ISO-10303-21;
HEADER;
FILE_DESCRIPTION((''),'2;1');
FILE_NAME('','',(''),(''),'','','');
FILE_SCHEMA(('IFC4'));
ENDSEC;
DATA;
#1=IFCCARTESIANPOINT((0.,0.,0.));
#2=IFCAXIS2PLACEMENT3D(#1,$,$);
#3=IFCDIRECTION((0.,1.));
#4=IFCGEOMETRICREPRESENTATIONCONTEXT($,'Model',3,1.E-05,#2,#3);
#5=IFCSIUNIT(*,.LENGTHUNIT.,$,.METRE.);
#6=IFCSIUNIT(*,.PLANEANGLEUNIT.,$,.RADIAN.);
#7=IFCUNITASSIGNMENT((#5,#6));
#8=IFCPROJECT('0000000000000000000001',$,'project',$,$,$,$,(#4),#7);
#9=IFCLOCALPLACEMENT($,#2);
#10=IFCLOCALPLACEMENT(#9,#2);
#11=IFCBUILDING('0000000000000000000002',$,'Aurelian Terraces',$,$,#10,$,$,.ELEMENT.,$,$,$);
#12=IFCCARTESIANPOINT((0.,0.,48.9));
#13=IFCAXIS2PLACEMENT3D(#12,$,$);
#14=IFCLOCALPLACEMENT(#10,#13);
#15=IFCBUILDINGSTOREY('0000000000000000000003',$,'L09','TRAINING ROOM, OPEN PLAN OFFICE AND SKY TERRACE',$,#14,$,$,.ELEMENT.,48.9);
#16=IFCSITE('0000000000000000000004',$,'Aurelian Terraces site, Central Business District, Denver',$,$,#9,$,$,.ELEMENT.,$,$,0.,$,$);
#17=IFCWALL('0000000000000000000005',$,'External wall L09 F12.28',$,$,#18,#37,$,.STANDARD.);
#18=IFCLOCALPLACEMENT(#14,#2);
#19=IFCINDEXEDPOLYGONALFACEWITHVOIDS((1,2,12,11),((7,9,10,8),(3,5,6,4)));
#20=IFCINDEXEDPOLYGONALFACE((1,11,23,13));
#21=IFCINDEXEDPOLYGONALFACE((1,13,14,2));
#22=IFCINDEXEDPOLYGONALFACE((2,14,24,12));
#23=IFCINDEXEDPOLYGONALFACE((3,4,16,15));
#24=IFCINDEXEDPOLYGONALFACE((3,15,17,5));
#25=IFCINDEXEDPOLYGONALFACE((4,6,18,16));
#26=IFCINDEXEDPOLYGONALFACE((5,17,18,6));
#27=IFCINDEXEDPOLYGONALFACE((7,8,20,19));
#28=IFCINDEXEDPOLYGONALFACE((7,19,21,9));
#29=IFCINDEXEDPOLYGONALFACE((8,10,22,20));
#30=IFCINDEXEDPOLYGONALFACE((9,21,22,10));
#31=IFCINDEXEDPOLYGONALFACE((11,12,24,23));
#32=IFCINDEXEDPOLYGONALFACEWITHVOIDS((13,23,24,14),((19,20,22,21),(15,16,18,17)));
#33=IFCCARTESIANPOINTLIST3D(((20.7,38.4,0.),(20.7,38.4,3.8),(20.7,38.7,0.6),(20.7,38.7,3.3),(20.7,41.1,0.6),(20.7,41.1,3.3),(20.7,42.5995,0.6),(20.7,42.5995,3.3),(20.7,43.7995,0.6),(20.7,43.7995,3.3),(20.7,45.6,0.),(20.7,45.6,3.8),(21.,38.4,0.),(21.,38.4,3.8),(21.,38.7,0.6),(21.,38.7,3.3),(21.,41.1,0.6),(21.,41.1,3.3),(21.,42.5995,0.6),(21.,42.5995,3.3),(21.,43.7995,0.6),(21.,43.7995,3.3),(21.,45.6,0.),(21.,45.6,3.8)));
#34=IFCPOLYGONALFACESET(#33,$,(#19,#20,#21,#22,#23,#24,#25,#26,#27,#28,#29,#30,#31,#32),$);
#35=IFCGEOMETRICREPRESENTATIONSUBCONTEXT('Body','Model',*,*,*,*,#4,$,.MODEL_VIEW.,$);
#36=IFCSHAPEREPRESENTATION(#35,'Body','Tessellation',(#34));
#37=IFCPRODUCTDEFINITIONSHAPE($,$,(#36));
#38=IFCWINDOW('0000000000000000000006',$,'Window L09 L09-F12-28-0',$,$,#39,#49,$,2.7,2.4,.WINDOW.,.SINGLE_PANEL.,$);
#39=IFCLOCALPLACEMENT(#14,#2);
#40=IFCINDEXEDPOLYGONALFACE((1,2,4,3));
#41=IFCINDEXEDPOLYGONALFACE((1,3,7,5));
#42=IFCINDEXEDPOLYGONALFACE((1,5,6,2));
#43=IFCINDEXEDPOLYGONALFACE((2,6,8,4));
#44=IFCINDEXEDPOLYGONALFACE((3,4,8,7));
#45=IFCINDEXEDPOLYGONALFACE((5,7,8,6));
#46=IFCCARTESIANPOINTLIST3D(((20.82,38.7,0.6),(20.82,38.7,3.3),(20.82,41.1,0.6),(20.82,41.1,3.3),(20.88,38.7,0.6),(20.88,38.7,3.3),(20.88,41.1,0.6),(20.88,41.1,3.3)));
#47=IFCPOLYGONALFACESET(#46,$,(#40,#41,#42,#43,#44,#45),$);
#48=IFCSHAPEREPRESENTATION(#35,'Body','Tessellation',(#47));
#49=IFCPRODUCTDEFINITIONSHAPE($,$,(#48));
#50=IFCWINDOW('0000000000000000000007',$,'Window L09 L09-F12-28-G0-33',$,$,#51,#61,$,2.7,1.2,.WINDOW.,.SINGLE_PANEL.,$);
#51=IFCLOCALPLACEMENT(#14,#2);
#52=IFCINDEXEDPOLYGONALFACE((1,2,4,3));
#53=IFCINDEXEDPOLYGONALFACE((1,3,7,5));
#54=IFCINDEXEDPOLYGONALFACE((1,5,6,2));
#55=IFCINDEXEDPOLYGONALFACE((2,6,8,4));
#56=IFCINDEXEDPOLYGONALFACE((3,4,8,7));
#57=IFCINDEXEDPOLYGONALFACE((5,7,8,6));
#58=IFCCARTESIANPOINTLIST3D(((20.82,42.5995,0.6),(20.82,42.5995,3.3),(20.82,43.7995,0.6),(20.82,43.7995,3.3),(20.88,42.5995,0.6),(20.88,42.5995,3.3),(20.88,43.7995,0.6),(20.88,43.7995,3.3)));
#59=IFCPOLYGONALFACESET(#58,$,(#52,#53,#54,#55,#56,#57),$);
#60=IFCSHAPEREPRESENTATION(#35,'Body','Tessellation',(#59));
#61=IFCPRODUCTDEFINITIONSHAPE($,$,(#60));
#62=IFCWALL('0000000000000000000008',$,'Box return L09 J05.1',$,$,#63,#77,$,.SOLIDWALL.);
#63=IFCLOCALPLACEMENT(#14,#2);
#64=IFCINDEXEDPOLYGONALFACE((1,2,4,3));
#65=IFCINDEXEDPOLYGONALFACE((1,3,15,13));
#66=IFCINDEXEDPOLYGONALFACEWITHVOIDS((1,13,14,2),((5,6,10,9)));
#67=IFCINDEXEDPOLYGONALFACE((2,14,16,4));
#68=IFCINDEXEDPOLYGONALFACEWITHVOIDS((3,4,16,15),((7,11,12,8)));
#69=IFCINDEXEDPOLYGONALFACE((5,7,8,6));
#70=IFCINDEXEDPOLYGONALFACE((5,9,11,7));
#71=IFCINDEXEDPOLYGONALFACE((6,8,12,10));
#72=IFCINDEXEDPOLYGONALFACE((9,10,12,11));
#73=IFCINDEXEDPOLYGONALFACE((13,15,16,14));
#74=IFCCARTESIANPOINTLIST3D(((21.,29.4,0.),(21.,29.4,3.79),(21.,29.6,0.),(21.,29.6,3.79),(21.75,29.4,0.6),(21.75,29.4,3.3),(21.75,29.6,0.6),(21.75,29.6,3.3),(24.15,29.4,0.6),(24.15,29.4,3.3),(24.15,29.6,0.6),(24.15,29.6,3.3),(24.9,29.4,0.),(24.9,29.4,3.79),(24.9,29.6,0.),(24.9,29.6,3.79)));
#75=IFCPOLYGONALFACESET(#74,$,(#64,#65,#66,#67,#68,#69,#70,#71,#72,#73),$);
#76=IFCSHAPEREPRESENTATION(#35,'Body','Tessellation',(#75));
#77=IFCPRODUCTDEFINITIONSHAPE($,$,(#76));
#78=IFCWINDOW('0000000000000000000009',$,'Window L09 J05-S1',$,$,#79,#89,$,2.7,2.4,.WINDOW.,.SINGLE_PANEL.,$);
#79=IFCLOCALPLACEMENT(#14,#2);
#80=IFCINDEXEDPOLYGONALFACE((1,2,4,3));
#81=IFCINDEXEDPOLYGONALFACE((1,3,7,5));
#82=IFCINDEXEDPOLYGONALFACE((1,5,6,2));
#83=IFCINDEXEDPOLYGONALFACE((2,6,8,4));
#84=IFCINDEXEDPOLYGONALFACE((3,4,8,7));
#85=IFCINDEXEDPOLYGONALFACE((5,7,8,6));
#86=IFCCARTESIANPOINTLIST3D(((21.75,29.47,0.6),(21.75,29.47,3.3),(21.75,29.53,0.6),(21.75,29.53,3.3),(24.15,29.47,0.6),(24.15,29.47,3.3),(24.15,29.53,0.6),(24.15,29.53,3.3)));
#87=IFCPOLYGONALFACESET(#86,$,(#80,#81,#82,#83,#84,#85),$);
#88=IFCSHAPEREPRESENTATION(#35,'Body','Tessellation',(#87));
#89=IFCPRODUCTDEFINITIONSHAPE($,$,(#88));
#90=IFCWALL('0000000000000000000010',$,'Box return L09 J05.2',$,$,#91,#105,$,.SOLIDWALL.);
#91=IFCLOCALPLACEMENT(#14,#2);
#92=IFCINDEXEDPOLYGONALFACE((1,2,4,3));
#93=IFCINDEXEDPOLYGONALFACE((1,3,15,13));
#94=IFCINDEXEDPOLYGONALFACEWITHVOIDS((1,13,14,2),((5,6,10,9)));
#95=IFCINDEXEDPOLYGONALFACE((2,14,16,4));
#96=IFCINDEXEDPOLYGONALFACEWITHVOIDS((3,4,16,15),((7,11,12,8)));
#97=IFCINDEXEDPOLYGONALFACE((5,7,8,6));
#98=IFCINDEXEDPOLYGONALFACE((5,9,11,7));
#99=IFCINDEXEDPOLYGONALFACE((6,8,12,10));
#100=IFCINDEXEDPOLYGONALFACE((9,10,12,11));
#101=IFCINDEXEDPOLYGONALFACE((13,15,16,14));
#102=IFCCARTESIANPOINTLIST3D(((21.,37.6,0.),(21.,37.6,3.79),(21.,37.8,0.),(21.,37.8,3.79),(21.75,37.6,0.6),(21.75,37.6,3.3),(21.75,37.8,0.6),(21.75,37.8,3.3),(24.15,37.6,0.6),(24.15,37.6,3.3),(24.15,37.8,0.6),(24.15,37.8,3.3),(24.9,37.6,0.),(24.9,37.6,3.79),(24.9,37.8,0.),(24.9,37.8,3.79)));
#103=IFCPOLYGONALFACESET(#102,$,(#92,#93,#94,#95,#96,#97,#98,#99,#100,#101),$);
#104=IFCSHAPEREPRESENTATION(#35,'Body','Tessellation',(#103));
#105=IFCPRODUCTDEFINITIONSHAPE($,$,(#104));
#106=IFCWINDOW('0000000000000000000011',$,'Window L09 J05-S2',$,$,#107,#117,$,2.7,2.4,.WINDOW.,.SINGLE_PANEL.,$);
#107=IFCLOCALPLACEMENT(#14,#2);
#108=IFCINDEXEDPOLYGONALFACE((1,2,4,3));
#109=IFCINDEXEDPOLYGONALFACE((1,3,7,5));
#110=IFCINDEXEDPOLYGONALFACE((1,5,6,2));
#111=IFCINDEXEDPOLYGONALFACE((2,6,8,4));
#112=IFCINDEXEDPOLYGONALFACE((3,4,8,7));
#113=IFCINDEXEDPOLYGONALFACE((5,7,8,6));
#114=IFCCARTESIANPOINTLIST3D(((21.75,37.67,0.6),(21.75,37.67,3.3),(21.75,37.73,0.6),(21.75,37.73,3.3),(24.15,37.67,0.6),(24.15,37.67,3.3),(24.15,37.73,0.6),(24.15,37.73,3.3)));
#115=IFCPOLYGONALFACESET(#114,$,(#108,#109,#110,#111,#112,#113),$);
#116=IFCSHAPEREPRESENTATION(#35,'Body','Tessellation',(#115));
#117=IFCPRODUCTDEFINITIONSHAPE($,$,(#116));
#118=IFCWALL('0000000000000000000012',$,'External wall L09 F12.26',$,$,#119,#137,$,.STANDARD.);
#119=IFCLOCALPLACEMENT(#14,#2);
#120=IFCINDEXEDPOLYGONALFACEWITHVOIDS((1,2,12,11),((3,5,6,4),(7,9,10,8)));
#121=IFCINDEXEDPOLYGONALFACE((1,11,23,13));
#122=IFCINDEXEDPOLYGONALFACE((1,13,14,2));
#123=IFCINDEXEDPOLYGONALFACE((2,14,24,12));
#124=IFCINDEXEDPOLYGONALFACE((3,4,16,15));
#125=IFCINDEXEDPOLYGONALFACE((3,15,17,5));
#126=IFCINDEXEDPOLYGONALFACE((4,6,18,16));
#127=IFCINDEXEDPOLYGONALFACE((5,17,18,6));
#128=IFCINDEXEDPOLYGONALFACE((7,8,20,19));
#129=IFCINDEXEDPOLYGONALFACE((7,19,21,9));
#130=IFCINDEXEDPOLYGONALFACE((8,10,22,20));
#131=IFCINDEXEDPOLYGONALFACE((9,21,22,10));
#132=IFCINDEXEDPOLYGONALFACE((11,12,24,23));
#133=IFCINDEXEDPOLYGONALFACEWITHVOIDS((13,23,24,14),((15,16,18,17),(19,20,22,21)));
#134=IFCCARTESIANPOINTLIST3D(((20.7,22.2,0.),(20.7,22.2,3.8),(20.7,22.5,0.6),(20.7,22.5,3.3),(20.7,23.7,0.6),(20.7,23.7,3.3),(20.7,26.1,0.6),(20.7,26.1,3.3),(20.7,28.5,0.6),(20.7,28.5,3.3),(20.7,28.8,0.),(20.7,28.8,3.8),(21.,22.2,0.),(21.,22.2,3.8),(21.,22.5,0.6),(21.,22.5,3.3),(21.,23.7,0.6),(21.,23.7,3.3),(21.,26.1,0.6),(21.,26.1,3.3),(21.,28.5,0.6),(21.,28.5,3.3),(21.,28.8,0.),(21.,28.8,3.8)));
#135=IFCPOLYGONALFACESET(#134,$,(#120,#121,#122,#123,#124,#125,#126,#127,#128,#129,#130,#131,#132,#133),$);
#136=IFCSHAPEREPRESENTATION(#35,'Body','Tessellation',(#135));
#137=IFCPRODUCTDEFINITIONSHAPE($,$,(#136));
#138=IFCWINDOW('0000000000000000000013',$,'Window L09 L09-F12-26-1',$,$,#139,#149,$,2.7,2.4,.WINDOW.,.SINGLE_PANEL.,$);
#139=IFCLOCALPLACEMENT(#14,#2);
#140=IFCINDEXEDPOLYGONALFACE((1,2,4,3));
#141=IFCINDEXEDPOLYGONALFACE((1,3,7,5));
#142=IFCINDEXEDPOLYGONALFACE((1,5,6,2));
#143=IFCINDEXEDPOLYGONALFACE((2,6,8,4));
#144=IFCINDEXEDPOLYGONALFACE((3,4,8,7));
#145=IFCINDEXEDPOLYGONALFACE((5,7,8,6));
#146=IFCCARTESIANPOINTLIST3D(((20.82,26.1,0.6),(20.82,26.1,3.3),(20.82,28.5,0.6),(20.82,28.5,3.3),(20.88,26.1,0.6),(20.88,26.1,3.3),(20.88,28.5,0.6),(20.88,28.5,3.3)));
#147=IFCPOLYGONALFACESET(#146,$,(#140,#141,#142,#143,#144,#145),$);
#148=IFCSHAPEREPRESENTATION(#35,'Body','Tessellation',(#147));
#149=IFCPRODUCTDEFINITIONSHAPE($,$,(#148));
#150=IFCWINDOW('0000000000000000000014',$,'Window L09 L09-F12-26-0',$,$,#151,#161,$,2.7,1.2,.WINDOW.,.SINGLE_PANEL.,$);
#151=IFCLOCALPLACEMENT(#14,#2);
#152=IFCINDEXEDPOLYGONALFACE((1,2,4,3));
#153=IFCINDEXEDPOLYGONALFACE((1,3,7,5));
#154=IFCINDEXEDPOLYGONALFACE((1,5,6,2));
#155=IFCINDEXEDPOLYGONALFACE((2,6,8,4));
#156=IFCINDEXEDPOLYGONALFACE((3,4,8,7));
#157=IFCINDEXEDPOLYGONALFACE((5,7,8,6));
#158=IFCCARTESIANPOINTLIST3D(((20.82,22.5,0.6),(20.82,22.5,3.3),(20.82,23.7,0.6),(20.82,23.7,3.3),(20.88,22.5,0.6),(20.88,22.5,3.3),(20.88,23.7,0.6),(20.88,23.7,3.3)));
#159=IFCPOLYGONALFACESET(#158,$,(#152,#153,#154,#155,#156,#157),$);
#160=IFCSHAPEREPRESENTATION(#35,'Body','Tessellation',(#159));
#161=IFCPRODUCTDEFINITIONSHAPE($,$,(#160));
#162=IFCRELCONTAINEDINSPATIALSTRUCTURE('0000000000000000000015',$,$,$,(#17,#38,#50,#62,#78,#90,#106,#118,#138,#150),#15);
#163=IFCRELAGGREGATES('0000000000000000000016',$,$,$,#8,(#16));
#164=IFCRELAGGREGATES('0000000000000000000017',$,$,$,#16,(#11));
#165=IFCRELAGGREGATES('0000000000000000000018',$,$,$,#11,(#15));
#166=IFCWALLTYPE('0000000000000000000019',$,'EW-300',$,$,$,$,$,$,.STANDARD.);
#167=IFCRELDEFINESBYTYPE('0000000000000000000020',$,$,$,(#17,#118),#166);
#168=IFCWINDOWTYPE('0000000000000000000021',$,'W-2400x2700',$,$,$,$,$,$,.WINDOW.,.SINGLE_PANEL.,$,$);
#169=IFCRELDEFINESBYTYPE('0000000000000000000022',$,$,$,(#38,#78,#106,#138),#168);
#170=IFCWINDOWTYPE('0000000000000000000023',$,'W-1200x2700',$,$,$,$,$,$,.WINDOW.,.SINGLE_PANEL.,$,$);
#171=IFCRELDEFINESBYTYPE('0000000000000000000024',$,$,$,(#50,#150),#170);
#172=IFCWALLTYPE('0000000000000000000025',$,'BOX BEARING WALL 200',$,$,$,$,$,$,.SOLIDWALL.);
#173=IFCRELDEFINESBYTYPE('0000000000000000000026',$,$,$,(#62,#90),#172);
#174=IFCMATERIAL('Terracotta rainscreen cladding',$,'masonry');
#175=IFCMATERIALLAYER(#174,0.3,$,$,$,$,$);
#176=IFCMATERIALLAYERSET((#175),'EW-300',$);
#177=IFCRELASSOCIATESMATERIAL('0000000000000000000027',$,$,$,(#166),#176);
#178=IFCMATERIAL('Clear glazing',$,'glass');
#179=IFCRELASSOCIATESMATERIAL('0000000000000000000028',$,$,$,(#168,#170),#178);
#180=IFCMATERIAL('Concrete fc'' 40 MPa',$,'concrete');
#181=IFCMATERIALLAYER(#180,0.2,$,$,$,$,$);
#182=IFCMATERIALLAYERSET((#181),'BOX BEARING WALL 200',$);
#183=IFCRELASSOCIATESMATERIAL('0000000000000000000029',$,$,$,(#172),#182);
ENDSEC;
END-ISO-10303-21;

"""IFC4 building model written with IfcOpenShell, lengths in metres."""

from ifc_helpers import new_model, si_unit, direction, frame, frame_2d, origin, place, context, subcontext, project, spatial, rectangle, extrude, source, transform, mapped, material, layer, layer_set, type_object, element, fill, save


model = new_model("IFC4")

# Units and contexts
model_context = context("Model", 3, precision=1e-05, world=origin(), true_north=direction((0.0, 1.0)))
body_context = subcontext(model_context, "Body", "Model", "MODEL_VIEW")
ifc_project = project(units=[si_unit("LENGTHUNIT", "METRE"), si_unit("PLANEANGLEUNIT", "RADIAN")], contexts=[model_context])

# Site, building, storey
site_placement = place(None, origin())
site = spatial("IfcSite", under=ifc_project, at=site_placement, Name="Aurelian Terraces site, Central Business District, Denver", CompositionType="ELEMENT", RefElevation=0.0)
building_placement = place(site_placement, origin())
building = spatial("IfcBuilding", under=site, at=building_placement, Name="Aurelian Terraces", CompositionType="ELEMENT")
storey_placement = place(building_placement, frame((0.0, 0.0, 48.9)))
storey = spatial("IfcBuildingStorey", under=building, at=storey_placement, Name="L09", Description="TRAINING ROOM, OPEN PLAN OFFICE AND SKY TERRACE", CompositionType="ELEMENT", Elevation=48.9)

# Shared definitions
ifc_material_1 = material(Name="Concrete fc' 40 MPa", Category="concrete")

# Shared definitions
ifc_material_2 = material(Name="Clear glazing", Category="glass")

# Shared definitions
ifc_material_3 = material(Name="Terracotta rainscreen cladding", Category="masonry")
ifc_layer_1 = layer(ifc_material_3, 0.3)
ifc_layer_set_1 = layer_set([ifc_layer_1], Name="EW-300")
wall_type_1 = type_object("IfcWallType", Name="EW-300", PredefinedType="STANDARD", material=ifc_layer_set_1)
shared_shape_1 = source(origin(), body_context, "Body", "SweptSolid", [
    extrude(rectangle(XDim=7.2, YDim=0.3, at=frame_2d((3.6, 0.0))), origin(), (0.0, 0.0, 1.0), 3.8),
])

# Wall, openings, windows
wall_1_placement = place(storey_placement, frame((20.85, 38.4, 0.0), z_axis=(0.0, 0.0, 1.0), x_axis=(0.0, 1.0, 0.0)))
wall_1 = element("IfcWall", 1, at=wall_1_placement, inside=storey, type_object=wall_type_1, Name="External wall L09 F12.28", PredefinedType="STANDARD", context=body_context, shape_type="MappedRepresentation", body=[
    mapped(shared_shape_1, transform((0.0, 0.0, 0.0), scale=1.0)),
])
shared_shape_2 = source(origin(), body_context, "Body", "SweptSolid", [
    extrude(rectangle(XDim=2.4, YDim=2.7, at=frame_2d((1.2, 1.35))), frame((0.0, 0.16, 0.0), z_axis=(0.0, -1.0, 0.0), x_axis=(1.0, 0.0, 0.0)), (0.0, 0.0, 1.0), 0.32),
])
opening_1_placement = place(wall_1_placement, frame((0.3, 0.0, 0.6)))
opening_1 = element("IfcOpeningElement", 2, at=opening_1_placement, cuts=wall_1, PredefinedType="OPENING", context=body_context, shape_type="MappedRepresentation", body=[
    mapped(shared_shape_2, transform((0.0, 0.0, 0.0), scale=1.0)),
])
shared_shape_3 = source(origin(), body_context, "Body", "SweptSolid", [
    extrude(rectangle(XDim=1.2, YDim=2.7, at=frame_2d((0.6, 1.35))), frame((0.0, 0.16, 0.0), z_axis=(0.0, -1.0, 0.0), x_axis=(1.0, 0.0, 0.0)), (0.0, 0.0, 1.0), 0.32),
])
opening_2_placement = place(wall_1_placement, frame((4.1995, 0.0, 0.6)))
opening_2 = element("IfcOpeningElement", 3, at=opening_2_placement, cuts=wall_1, PredefinedType="OPENING", context=body_context, shape_type="MappedRepresentation", body=[
    mapped(shared_shape_3, transform((0.0, 0.0, 0.0), scale=1.0)),
])
window_type_1 = type_object("IfcWindowType", Name="W-2400x2700", PartitioningType="SINGLE_PANEL", PredefinedType="WINDOW", material=ifc_material_2)
shared_shape_4 = source(origin(), body_context, "Body", "SweptSolid", [
    extrude(rectangle(XDim=2.4, YDim=2.7, at=frame_2d((1.2, 1.35))), frame((0.0, 0.03, 0.0), z_axis=(0.0, -1.0, 0.0), x_axis=(1.0, 0.0, 0.0)), (0.0, 0.0, 1.0), 0.06),
])
window_1_placement = place(opening_1_placement, origin())
window_1 = element("IfcWindow", 4, at=window_1_placement, inside=storey, type_object=window_type_1, Name="Window L09 L09-F12-28-0", OverallHeight=2.7, OverallWidth=2.4, PartitioningType="SINGLE_PANEL", PredefinedType="WINDOW", context=body_context, shape_type="MappedRepresentation", body=[
    mapped(shared_shape_4, transform((0.0, 0.0, 0.0), scale=1.0)),
])
fill(opening_1, window_1)
window_type_2 = type_object("IfcWindowType", Name="W-1200x2700", PartitioningType="SINGLE_PANEL", PredefinedType="WINDOW", material=ifc_material_2)
shared_shape_5 = source(origin(), body_context, "Body", "SweptSolid", [
    extrude(rectangle(XDim=1.2, YDim=2.7, at=frame_2d((0.6, 1.35))), frame((0.0, 0.03, 0.0), z_axis=(0.0, -1.0, 0.0), x_axis=(1.0, 0.0, 0.0)), (0.0, 0.0, 1.0), 0.06),
])
window_2_placement = place(opening_2_placement, origin())
window_2 = element("IfcWindow", 5, at=window_2_placement, inside=storey, type_object=window_type_2, Name="Window L09 L09-F12-28-G0-33", OverallHeight=2.7, OverallWidth=1.2, PartitioningType="SINGLE_PANEL", PredefinedType="WINDOW", context=body_context, shape_type="MappedRepresentation", body=[
    mapped(shared_shape_5, transform((0.0, 0.0, 0.0), scale=1.0)),
])
fill(opening_2, window_2)

# Walls, openings, windows
ifc_layer_2 = layer(ifc_material_1, 0.2)
ifc_layer_set_2 = layer_set([ifc_layer_2], Name="BOX BEARING WALL 200")
wall_type_2 = type_object("IfcWallType", Name="BOX BEARING WALL 200", PredefinedType="SOLIDWALL", material=ifc_layer_set_2)
shared_shape_6 = source(origin(), body_context, "Body", "SweptSolid", [
    extrude(rectangle(XDim=3.9, YDim=0.2, at=frame_2d((1.95, 0.0))), origin(), (0.0, 0.0, 1.0), 3.79),
])
wall_2_placement = place(storey_placement, frame((21.0, 29.5, 0.0), z_axis=(0.0, 0.0, 1.0), x_axis=(1.0, 0.0, 0.0)))
wall_2 = element("IfcWall", 6, at=wall_2_placement, inside=storey, type_object=wall_type_2, Name="Box return L09 J05.1", PredefinedType="SOLIDWALL", context=body_context, shape_type="MappedRepresentation", body=[
    mapped(shared_shape_6, transform((0.0, 0.0, 0.0), scale=1.0)),
])
shared_shape_7 = source(origin(), body_context, "Body", "SweptSolid", [
    extrude(rectangle(XDim=2.4, YDim=2.7, at=frame_2d((1.2, 1.35))), frame((0.0, 0.11, 0.0), z_axis=(0.0, -1.0, 0.0), x_axis=(1.0, 0.0, 0.0)), (0.0, 0.0, 1.0), 0.22),
])
opening_3_placement = place(wall_2_placement, frame((0.75, 0.0, 0.6)))
opening_3 = element("IfcOpeningElement", 7, at=opening_3_placement, cuts=wall_2, PredefinedType="OPENING", context=body_context, shape_type="MappedRepresentation", body=[
    mapped(shared_shape_7, transform((0.0, 0.0, 0.0), scale=1.0)),
])
window_3_placement = place(opening_3_placement, origin())
window_3 = element("IfcWindow", 8, at=window_3_placement, inside=storey, type_object=window_type_1, Name="Window L09 J05-S1", OverallHeight=2.7, OverallWidth=2.4, PartitioningType="SINGLE_PANEL", PredefinedType="WINDOW", context=body_context, shape_type="MappedRepresentation", body=[
    mapped(shared_shape_4, transform((0.0, 0.0, 0.0), scale=1.0)),
])
fill(opening_3, window_3)
wall_3_placement = place(storey_placement, frame((21.0, 37.7, 0.0), z_axis=(0.0, 0.0, 1.0), x_axis=(1.0, 0.0, 0.0)))
wall_3 = element("IfcWall", 9, at=wall_3_placement, inside=storey, type_object=wall_type_2, Name="Box return L09 J05.2", PredefinedType="SOLIDWALL", context=body_context, shape_type="MappedRepresentation", body=[
    mapped(shared_shape_6, transform((0.0, 0.0, 0.0), scale=1.0)),
])
opening_4_placement = place(wall_3_placement, frame((0.75, 0.0, 0.6)))
opening_4 = element("IfcOpeningElement", 10, at=opening_4_placement, cuts=wall_3, PredefinedType="OPENING", context=body_context, shape_type="MappedRepresentation", body=[
    mapped(shared_shape_7, transform((0.0, 0.0, 0.0), scale=1.0)),
])
window_4_placement = place(opening_4_placement, origin())
window_4 = element("IfcWindow", 11, at=window_4_placement, inside=storey, type_object=window_type_1, Name="Window L09 J05-S2", OverallHeight=2.7, OverallWidth=2.4, PartitioningType="SINGLE_PANEL", PredefinedType="WINDOW", context=body_context, shape_type="MappedRepresentation", body=[
    mapped(shared_shape_4, transform((0.0, 0.0, 0.0), scale=1.0)),
])
fill(opening_4, window_4)

# Wall, openings, windows
shared_shape_8 = source(origin(), body_context, "Body", "SweptSolid", [
    extrude(rectangle(XDim=6.6, YDim=0.3, at=frame_2d((3.3, 0.0))), origin(), (0.0, 0.0, 1.0), 3.8),
])
wall_4_placement = place(storey_placement, frame((20.85, 22.2, 0.0), z_axis=(0.0, 0.0, 1.0), x_axis=(0.0, 1.0, 0.0)))
wall_4 = element("IfcWall", 12, at=wall_4_placement, inside=storey, type_object=wall_type_1, Name="External wall L09 F12.26", PredefinedType="STANDARD", context=body_context, shape_type="MappedRepresentation", body=[
    mapped(shared_shape_8, transform((0.0, 0.0, 0.0), scale=1.0)),
])
opening_5_placement = place(wall_4_placement, frame((0.3, 0.0, 0.6)))
opening_5 = element("IfcOpeningElement", 13, at=opening_5_placement, cuts=wall_4, PredefinedType="OPENING", context=body_context, shape_type="MappedRepresentation", body=[
    mapped(shared_shape_3, transform((0.0, 0.0, 0.0), scale=1.0)),
])
opening_6_placement = place(wall_4_placement, frame((3.9, 0.0, 0.6)))
opening_6 = element("IfcOpeningElement", 14, at=opening_6_placement, cuts=wall_4, PredefinedType="OPENING", context=body_context, shape_type="MappedRepresentation", body=[
    mapped(shared_shape_2, transform((0.0, 0.0, 0.0), scale=1.0)),
])
window_5_placement = place(opening_6_placement, origin())
window_5 = element("IfcWindow", 15, at=window_5_placement, inside=storey, type_object=window_type_1, Name="Window L09 L09-F12-26-1", OverallHeight=2.7, OverallWidth=2.4, PartitioningType="SINGLE_PANEL", PredefinedType="WINDOW", context=body_context, shape_type="MappedRepresentation", body=[
    mapped(shared_shape_4, transform((0.0, 0.0, 0.0), scale=1.0)),
])
fill(opening_6, window_5)
window_6_placement = place(opening_5_placement, origin())
window_6 = element("IfcWindow", 16, at=window_6_placement, inside=storey, type_object=window_type_2, Name="Window L09 L09-F12-26-0", OverallHeight=2.7, OverallWidth=1.2, PartitioningType="SINGLE_PANEL", PredefinedType="WINDOW", context=body_context, shape_type="MappedRepresentation", body=[
    mapped(shared_shape_5, transform((0.0, 0.0, 0.0), scale=1.0)),
])
fill(opening_5, window_6)

save(model, "model.ifc")
